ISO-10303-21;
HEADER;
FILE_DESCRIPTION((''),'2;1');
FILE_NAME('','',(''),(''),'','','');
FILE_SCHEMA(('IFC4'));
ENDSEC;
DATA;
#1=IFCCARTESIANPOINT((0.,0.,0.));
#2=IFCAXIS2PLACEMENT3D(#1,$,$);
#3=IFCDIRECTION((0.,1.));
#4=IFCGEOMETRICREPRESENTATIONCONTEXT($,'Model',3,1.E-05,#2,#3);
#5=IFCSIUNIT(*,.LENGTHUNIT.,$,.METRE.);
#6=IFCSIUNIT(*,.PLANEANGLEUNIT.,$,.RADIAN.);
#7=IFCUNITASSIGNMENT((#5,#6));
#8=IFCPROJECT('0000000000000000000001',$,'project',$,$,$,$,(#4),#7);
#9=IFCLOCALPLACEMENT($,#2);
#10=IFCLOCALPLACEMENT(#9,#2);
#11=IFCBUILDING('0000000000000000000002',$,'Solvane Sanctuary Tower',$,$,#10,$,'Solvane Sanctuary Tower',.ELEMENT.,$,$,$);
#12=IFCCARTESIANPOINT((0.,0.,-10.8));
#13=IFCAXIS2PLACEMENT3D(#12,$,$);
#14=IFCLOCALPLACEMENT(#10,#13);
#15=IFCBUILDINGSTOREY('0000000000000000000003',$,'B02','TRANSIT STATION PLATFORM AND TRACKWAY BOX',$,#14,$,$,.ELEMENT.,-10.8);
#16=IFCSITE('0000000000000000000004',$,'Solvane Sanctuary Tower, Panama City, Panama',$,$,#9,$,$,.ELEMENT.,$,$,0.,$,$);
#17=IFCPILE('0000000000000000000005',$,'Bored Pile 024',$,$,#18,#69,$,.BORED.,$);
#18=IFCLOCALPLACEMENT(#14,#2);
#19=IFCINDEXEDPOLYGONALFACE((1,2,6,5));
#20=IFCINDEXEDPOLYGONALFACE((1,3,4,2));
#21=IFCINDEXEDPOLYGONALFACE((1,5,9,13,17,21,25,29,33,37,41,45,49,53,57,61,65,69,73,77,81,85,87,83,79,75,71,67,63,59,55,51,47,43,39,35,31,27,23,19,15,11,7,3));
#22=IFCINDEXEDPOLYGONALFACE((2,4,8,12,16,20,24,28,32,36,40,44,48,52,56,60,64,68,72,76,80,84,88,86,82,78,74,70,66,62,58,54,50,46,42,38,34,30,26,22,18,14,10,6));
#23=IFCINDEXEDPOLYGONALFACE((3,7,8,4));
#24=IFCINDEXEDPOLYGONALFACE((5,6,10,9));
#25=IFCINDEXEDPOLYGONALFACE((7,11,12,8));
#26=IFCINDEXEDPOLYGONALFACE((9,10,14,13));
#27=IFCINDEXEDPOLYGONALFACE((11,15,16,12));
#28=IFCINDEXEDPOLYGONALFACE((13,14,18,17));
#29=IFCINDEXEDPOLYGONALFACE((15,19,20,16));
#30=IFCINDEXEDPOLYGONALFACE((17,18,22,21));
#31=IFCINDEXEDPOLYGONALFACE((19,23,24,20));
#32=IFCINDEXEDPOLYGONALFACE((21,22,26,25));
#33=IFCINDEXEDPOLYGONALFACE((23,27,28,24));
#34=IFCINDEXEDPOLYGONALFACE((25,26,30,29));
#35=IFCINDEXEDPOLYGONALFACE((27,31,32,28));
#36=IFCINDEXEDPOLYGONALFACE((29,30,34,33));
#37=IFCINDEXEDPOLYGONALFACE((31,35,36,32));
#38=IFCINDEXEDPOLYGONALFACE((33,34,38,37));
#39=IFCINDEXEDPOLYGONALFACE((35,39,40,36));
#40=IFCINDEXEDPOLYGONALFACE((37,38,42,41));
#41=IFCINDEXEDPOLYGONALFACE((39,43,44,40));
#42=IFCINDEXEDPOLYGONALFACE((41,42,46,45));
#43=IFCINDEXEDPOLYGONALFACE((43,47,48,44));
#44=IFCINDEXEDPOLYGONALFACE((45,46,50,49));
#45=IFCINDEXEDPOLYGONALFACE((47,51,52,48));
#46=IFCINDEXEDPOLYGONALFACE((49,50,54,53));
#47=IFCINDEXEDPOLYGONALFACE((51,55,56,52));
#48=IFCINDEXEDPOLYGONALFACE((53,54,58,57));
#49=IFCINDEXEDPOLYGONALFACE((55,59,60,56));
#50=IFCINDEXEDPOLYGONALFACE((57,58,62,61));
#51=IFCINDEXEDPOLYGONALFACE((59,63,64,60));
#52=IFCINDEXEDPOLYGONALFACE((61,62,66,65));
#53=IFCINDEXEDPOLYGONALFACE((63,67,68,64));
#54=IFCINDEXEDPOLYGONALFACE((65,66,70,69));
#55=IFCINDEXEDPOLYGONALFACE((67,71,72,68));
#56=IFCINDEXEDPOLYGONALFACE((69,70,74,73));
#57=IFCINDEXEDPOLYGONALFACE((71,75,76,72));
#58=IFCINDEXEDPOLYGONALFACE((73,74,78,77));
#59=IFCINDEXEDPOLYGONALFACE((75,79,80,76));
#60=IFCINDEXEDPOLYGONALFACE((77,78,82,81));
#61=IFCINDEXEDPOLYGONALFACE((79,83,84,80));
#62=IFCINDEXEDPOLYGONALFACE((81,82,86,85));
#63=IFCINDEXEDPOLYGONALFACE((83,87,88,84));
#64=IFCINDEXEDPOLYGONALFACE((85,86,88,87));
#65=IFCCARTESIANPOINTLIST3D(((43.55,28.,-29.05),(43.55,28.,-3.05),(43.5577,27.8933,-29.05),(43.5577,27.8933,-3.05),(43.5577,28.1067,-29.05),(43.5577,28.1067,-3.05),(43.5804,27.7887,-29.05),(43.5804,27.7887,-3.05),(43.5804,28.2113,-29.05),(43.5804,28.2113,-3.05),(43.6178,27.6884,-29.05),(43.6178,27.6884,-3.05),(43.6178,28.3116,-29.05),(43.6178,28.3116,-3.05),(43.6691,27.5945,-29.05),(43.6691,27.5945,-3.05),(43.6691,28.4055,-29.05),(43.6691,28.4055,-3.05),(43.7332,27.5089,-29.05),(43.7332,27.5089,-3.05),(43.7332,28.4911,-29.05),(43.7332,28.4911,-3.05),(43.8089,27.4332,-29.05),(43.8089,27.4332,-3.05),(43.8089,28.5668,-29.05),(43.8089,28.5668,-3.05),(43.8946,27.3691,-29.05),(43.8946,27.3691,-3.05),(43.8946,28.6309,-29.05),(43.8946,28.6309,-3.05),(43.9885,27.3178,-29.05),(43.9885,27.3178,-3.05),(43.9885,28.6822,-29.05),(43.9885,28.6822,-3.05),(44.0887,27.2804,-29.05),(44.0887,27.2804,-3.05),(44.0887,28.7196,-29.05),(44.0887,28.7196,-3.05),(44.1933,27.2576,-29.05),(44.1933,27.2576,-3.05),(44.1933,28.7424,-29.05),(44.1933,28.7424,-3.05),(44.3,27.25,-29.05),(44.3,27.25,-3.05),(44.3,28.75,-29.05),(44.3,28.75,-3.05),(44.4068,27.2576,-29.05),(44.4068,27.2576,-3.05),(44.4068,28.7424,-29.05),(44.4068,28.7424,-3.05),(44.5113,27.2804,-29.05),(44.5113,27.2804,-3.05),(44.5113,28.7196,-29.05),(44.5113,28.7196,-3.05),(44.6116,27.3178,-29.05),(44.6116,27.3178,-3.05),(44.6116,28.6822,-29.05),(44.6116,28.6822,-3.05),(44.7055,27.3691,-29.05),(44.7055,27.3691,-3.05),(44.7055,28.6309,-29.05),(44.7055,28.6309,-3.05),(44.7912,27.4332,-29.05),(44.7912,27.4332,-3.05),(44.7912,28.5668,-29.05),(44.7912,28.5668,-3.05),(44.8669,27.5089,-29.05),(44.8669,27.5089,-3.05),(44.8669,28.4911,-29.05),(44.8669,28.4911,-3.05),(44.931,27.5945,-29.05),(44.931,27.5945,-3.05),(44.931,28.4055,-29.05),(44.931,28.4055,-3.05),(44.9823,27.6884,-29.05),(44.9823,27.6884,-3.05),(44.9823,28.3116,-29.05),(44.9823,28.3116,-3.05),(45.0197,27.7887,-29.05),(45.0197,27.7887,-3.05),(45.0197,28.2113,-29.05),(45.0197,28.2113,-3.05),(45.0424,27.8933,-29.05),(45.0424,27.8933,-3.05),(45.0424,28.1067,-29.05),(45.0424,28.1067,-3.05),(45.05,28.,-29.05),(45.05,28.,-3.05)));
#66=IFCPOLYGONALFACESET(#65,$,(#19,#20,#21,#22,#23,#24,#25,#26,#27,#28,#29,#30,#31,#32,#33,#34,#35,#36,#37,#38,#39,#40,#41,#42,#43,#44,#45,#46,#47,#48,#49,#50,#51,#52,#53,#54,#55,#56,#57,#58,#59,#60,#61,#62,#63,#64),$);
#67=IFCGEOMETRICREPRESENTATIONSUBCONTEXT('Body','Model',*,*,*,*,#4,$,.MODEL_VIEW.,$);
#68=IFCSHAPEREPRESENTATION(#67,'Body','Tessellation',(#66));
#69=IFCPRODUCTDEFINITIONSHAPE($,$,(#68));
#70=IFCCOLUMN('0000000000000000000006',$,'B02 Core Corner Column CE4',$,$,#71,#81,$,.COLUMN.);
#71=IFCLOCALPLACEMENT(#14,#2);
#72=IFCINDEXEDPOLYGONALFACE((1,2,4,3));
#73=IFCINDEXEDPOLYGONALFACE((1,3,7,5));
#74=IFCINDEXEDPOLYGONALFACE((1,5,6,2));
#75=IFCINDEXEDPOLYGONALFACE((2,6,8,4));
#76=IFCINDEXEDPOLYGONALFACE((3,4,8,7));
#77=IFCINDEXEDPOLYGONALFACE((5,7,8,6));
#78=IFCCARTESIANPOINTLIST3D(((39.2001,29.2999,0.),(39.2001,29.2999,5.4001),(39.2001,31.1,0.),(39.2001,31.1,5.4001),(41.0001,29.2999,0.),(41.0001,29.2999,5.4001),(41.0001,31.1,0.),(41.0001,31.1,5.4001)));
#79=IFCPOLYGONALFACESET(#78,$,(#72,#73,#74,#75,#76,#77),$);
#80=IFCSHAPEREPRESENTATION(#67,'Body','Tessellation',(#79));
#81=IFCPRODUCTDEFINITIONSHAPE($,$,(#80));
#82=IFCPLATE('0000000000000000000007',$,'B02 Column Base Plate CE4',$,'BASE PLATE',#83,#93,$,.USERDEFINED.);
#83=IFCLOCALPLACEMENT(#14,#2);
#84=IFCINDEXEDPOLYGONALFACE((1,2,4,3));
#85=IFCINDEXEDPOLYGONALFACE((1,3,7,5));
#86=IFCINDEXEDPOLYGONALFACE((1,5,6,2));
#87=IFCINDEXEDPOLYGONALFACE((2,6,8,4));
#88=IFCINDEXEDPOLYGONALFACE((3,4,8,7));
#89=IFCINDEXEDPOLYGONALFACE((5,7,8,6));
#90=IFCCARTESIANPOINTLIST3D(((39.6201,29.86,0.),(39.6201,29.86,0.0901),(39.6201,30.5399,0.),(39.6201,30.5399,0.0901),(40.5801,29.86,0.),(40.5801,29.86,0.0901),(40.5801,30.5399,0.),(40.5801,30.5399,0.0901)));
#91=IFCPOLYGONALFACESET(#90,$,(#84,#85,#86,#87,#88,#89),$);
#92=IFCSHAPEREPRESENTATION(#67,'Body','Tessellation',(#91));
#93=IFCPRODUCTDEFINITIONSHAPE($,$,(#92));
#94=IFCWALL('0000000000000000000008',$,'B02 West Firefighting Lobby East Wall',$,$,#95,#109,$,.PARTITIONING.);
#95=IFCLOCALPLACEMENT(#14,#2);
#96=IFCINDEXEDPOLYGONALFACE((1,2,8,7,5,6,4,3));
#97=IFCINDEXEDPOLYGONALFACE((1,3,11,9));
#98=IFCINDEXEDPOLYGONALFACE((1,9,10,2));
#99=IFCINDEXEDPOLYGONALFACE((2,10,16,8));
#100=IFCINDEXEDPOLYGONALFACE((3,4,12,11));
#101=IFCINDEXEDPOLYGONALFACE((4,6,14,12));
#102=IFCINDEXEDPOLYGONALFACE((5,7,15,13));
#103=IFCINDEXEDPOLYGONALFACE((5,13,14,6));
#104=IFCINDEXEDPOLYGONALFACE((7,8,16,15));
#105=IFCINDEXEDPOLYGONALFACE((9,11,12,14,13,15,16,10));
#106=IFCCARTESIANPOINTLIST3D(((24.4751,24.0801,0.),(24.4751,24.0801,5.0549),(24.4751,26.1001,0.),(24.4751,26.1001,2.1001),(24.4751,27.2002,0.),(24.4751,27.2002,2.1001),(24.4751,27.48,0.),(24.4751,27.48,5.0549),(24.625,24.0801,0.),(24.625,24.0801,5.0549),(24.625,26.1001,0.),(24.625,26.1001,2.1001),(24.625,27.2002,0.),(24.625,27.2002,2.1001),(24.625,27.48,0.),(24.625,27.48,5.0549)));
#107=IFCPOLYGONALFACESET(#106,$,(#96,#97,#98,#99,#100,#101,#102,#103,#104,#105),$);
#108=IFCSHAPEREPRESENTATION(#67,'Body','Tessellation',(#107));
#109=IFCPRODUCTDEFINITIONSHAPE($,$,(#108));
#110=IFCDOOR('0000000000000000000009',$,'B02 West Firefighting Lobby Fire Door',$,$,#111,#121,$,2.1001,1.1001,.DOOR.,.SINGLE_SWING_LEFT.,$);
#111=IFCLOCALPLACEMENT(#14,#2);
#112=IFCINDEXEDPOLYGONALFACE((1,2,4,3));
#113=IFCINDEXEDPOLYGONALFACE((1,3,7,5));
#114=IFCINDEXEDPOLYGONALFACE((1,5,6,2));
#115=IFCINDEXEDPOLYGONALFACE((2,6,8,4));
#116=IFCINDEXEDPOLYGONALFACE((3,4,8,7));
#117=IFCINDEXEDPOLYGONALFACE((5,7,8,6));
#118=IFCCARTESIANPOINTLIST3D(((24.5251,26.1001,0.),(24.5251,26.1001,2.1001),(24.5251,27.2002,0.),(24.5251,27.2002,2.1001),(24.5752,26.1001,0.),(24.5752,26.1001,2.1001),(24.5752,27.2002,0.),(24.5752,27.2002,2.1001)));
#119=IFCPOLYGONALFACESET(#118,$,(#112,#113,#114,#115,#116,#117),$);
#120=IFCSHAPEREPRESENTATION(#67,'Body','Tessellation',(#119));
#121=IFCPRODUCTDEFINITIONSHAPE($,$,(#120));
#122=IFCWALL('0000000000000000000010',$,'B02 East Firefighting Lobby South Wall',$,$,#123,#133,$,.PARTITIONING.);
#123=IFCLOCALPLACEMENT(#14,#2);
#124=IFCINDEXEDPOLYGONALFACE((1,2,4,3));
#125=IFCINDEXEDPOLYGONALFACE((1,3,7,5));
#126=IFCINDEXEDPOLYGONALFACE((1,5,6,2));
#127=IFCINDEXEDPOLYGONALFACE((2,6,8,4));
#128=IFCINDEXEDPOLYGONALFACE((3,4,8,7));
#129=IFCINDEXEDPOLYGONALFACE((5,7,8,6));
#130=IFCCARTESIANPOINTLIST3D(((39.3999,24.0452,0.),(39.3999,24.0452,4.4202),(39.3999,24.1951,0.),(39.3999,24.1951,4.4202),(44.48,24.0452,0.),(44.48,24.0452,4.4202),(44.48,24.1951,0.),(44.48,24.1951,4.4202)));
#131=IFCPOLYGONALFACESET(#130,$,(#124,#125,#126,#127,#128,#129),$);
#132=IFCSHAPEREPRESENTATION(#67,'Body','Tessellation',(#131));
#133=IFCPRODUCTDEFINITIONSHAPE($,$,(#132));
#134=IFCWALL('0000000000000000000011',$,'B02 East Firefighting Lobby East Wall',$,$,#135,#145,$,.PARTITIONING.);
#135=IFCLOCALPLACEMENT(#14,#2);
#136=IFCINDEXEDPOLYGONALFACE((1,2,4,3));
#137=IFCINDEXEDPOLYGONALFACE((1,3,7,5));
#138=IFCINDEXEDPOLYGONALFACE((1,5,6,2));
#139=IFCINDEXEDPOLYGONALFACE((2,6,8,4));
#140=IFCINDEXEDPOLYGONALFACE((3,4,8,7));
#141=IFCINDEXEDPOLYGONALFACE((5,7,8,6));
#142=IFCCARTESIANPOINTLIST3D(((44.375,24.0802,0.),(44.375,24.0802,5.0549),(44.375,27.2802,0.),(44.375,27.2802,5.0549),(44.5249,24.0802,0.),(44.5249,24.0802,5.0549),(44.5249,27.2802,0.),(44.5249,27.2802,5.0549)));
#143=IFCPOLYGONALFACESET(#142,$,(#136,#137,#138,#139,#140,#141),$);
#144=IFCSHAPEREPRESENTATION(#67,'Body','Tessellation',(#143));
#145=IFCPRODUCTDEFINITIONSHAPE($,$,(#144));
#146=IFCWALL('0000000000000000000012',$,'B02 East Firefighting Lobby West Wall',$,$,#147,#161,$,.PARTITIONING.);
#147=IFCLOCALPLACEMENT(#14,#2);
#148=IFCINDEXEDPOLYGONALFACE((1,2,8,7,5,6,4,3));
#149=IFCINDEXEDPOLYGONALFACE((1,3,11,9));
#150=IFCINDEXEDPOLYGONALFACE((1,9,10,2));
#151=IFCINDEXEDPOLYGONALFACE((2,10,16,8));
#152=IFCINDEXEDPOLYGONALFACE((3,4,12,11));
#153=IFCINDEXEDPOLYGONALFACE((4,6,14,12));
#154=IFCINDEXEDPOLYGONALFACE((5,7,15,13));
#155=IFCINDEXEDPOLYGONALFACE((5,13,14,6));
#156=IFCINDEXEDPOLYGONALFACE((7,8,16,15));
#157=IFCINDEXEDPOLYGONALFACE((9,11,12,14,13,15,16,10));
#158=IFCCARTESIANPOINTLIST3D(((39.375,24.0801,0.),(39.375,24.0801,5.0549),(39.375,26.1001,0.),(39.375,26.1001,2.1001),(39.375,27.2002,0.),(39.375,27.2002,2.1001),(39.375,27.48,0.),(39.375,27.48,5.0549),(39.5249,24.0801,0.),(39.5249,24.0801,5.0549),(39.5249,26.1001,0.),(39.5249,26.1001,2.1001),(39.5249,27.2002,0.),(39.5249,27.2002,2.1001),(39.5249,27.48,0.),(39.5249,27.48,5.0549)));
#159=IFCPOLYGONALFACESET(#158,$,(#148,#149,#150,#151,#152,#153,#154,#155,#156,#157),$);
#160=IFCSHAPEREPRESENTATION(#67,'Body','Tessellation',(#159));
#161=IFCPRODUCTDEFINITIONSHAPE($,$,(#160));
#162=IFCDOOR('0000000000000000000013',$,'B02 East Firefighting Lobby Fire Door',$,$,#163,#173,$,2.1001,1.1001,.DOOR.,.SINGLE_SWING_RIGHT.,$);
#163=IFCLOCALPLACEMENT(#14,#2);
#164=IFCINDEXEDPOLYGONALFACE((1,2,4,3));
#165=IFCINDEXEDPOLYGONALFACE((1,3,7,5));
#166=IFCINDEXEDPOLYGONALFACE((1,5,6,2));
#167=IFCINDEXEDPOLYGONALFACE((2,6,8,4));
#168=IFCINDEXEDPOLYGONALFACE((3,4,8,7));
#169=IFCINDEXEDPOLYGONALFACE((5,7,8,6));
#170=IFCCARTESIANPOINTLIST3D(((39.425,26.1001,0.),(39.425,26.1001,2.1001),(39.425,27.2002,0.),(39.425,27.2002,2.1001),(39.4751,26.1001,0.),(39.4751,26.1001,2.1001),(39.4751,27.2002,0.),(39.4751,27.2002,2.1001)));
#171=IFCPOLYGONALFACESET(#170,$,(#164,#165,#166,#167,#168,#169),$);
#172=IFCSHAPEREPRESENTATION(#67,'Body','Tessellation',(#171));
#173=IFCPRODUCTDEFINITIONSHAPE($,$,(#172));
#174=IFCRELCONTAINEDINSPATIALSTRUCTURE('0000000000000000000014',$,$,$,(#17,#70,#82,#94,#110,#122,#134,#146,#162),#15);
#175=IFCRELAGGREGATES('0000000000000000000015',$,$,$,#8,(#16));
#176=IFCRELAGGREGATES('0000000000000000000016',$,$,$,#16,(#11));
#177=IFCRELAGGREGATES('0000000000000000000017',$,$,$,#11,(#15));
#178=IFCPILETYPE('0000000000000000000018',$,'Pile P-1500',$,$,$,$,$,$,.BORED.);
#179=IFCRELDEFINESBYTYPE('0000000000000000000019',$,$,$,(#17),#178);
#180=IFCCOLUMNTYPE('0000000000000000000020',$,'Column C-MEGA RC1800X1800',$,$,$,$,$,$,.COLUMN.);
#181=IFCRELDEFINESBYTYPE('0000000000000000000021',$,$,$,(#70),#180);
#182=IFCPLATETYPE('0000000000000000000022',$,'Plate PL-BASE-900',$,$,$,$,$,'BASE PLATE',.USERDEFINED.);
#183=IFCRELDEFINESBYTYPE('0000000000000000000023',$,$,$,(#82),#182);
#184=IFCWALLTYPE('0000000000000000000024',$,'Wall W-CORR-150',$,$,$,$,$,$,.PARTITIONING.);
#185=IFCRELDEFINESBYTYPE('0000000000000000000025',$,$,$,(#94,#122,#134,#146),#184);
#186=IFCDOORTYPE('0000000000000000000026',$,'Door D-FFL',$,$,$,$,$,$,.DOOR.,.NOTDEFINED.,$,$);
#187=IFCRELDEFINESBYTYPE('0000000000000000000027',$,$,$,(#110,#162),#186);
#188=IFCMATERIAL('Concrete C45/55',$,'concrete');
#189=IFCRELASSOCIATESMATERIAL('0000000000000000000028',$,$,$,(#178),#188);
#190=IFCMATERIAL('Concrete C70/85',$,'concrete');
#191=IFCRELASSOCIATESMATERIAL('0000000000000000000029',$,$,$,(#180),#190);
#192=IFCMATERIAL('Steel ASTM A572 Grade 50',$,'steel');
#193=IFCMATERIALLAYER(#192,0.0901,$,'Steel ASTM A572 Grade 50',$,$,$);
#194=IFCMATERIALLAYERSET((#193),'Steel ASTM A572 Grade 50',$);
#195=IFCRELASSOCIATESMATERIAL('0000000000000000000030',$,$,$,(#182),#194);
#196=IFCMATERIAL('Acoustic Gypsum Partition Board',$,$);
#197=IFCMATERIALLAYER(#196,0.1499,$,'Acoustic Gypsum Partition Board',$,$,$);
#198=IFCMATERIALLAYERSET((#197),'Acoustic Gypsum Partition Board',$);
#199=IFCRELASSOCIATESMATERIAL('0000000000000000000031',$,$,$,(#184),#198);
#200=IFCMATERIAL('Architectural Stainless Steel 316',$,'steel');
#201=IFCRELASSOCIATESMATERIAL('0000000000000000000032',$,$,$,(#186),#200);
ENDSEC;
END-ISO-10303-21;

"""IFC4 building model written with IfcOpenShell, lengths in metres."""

from ifc_helpers import new_model, si_unit, direction, frame, frame_2d, origin, origin_2d, place, context, subcontext, project, spatial, rectangle, circle, extrude, material, layer, layer_set, material_profile, profile_set, type_object, element, fill, save


model = new_model("IFC4")

# Units and contexts
model_context = context("Model", 3, precision=1e-05, world=origin(), true_north=direction((0.0, 1.0)))
body_context = subcontext(model_context, "Body", "Model", "MODEL_VIEW")
ifc_project = project(units=[si_unit("LENGTHUNIT", "METRE"), si_unit("PLANEANGLEUNIT", "RADIAN")], contexts=[model_context])

# Site, building, storey
site_placement = place(None, origin())
site = spatial("IfcSite", under=ifc_project, at=site_placement, Name="Solvane Sanctuary Tower, Panama City, Panama", CompositionType="ELEMENT", RefElevation=0.0)
building_placement = place(site_placement, origin())
building = spatial("IfcBuilding", under=site, at=building_placement, Name="Solvane Sanctuary Tower", LongName="Solvane Sanctuary Tower", CompositionType="ELEMENT")
storey_placement = place(building_placement, frame((0.0, 0.0, -10.8)))
storey = spatial("IfcBuildingStorey", under=building, at=storey_placement, Name="B02", Description="TRANSIT STATION PLATFORM AND TRACKWAY BOX", CompositionType="ELEMENT", Elevation=-10.8)

# Pile
ifc_material_1 = material(Name="Concrete C45/55", Category="concrete")
ifc_material_profile_1 = material_profile(ifc_material_1, circle(Radius=0.75, at=origin_2d()), Name="PILE1500")
ifc_profile_set_1 = profile_set([ifc_material_profile_1], Name="Concrete C45/55")
pile_type = type_object("IfcPileType", Name="Pile P-1500", PredefinedType="BORED", material=ifc_profile_set_1)
for number, where, z_axis, x_axis, name in (
    (1, (44.3, 28.0, -3.05), (0.0, 0.0, -1.0), (1.0, 0.0, 0.0), "Bored Pile 024"),
):
    element("IfcPile", number, at=place(storey_placement, frame(where, z_axis=z_axis, x_axis=x_axis)), inside=storey, type_object=pile_type, Name=name, PredefinedType="BORED", context=body_context, shape_type="SweptSolid", body=[
        extrude(circle(Radius=0.75, at=origin_2d()), origin(), (0.0, 0.0, 1.0), 26.0),
    ])

# Column
ifc_material_2 = material(Name="Concrete C70/85", Category="concrete")
ifc_material_profile_2 = material_profile(ifc_material_2, rectangle(XDim=1.8, YDim=1.8, at=origin_2d()), Name="RC1800X1800")
ifc_profile_set_2 = profile_set([ifc_material_profile_2], Name="Concrete C70/85")
column_type = type_object("IfcColumnType", Name="Column C-MEGA RC1800X1800", PredefinedType="COLUMN", material=ifc_profile_set_2)
column_placement = place(storey_placement, frame((40.1001, 30.2, 0.0), z_axis=(0.0, 0.0, 1.0), x_axis=(1.0, 0.0, 0.0)))
element("IfcColumn", 2, at=column_placement, inside=storey, type_object=column_type, Name="B02 Core Corner Column CE4", PredefinedType="COLUMN", context=body_context, shape_type="SweptSolid", body=[
    extrude(rectangle(XDim=1.8, YDim=1.8, at=origin_2d()), origin(), (0.0, 0.0, 1.0), 5.4001),
])

# Plate
ifc_material_3 = material(Name="Steel ASTM A572 Grade 50", Category="steel")
ifc_layer_1 = layer(ifc_material_3, 0.0901, Name="Steel ASTM A572 Grade 50")
ifc_layer_set_1 = layer_set([ifc_layer_1], Name="Steel ASTM A572 Grade 50")
plate_type = type_object("IfcPlateType", Name="Plate PL-BASE-900", ElementType="BASE PLATE", PredefinedType="USERDEFINED", material=ifc_layer_set_1)
plate_placement = place(storey_placement, frame((40.1001, 30.2, 0.0), z_axis=(0.0, 0.0, 1.0), x_axis=(1.0, 0.0, 0.0)))
element("IfcPlate", 3, at=plate_placement, inside=storey, type_object=plate_type, Name="B02 Column Base Plate CE4", ObjectType="BASE PLATE", PredefinedType="USERDEFINED", context=body_context, shape_type="SweptSolid", body=[
    extrude(rectangle(XDim=0.96, YDim=0.6799, at=origin_2d()), origin(), (0.0, 0.0, 1.0), 0.0901),
])

# Wall, opening, door
ifc_material_4 = material(Name="Acoustic Gypsum Partition Board")
ifc_layer_2 = layer(ifc_material_4, 0.1499, Name="Acoustic Gypsum Partition Board")
ifc_layer_set_2 = layer_set([ifc_layer_2], Name="Acoustic Gypsum Partition Board")
wall_type_1 = type_object("IfcWallType", Name="Wall W-CORR-150", PredefinedType="PARTITIONING", material=ifc_layer_set_2)
wall_1_placement = place(storey_placement, frame((24.55, 24.0801, 0.0), z_axis=(0.0, 0.0, 1.0), x_axis=(0.0, 1.0, 0.0)))
wall_1 = element("IfcWall", 4, at=wall_1_placement, inside=storey, type_object=wall_type_1, Name="B02 West Firefighting Lobby East Wall", PredefinedType="PARTITIONING", context=body_context, shape_type="SweptSolid", body=[
    extrude(rectangle(XDim=3.3999, YDim=0.1499, at=frame_2d((1.7, 0.0))), origin(), (0.0, 0.0, 1.0), 5.0549),
])
opening_1_placement = place(wall_1_placement, frame((2.02, 0.0, 0.0)))
opening_1 = element("IfcOpeningElement", 5, at=opening_1_placement, cuts=wall_1, PredefinedType="OPENING", context=body_context, shape_type="SweptSolid", body=[
    extrude(rectangle(XDim=1.1001, YDim=2.1001, at=frame_2d((0.55, 1.05))), frame((0.0, 0.085, 0.0), z_axis=(0.0, -1.0, 0.0), x_axis=(1.0, 0.0, 0.0)), (0.0, 0.0, 1.0), 0.1699),
])
ifc_material_5 = material(Name="Architectural Stainless Steel 316", Category="steel")
door_type_1 = type_object("IfcDoorType", Name="Door D-FFL", OperationType="NOTDEFINED", PredefinedType="DOOR", material=ifc_material_5)
door_1_placement = place(opening_1_placement, origin())
door_1 = element("IfcDoor", 6, at=door_1_placement, inside=storey, type_object=door_type_1, Name="B02 West Firefighting Lobby Fire Door", OperationType="SINGLE_SWING_LEFT", OverallHeight=2.1001, OverallWidth=1.1001, PredefinedType="DOOR", context=body_context, shape_type="SweptSolid", body=[
    extrude(rectangle(XDim=1.1001, YDim=2.1001, at=frame_2d((0.55, 1.05))), frame((0.0, 0.0249, 0.0), z_axis=(0.0, -1.0, 0.0), x_axis=(1.0, 0.0, 0.0)), (0.0, 0.0, 1.0), 0.05),
])
fill(opening_1, door_1)

# Walls
wall_2_placement = place(storey_placement, frame((39.3999, 24.1201, 0.0), z_axis=(0.0, 0.0, 1.0), x_axis=(1.0, 0.0, 0.0)))
element("IfcWall", 7, at=wall_2_placement, inside=storey, type_object=wall_type_1, Name="B02 East Firefighting Lobby South Wall", PredefinedType="PARTITIONING", context=body_context, shape_type="SweptSolid", body=[
    extrude(rectangle(XDim=5.0801, YDim=0.1499, at=frame_2d((2.54, 0.0))), origin(), (0.0, 0.0, 1.0), 4.4202),
])
wall_3_placement = place(storey_placement, frame((44.45, 24.0801, 0.0), z_axis=(0.0, 0.0, 1.0), x_axis=(0.0, 1.0, 0.0)))
element("IfcWall", 8, at=wall_3_placement, inside=storey, type_object=wall_type_1, Name="B02 East Firefighting Lobby East Wall", PredefinedType="PARTITIONING", context=body_context, shape_type="SweptSolid", body=[
    extrude(rectangle(XDim=3.2, YDim=0.1499, at=frame_2d((1.6001, 0.0))), origin(), (0.0, 0.0, 1.0), 5.0549),
])

# Wall, opening, door
wall_4_placement = place(storey_placement, frame((39.45, 24.0801, 0.0), z_axis=(0.0, 0.0, 1.0), x_axis=(0.0, 1.0, 0.0)))
wall_4 = element("IfcWall", 9, at=wall_4_placement, inside=storey, type_object=wall_type_1, Name="B02 East Firefighting Lobby West Wall", PredefinedType="PARTITIONING", context=body_context, shape_type="SweptSolid", body=[
    extrude(rectangle(XDim=3.3999, YDim=0.1499, at=frame_2d((1.7, 0.0))), origin(), (0.0, 0.0, 1.0), 5.0549),
])
opening_2_placement = place(wall_4_placement, frame((2.02, 0.0, 0.0)))
opening_2 = element("IfcOpeningElement", 10, at=opening_2_placement, cuts=wall_4, PredefinedType="OPENING", context=body_context, shape_type="SweptSolid", body=[
    extrude(rectangle(XDim=1.1001, YDim=2.1001, at=frame_2d((0.55, 1.05))), frame((0.0, 0.085, 0.0), z_axis=(0.0, -1.0, 0.0), x_axis=(1.0, 0.0, 0.0)), (0.0, 0.0, 1.0), 0.1699),
])
door_2_placement = place(opening_2_placement, origin())
door_2 = element("IfcDoor", 11, at=door_2_placement, inside=storey, type_object=door_type_1, Name="B02 East Firefighting Lobby Fire Door", OperationType="SINGLE_SWING_RIGHT", OverallHeight=2.1001, OverallWidth=1.1001, PredefinedType="DOOR", context=body_context, shape_type="SweptSolid", body=[
    extrude(rectangle(XDim=1.1001, YDim=2.1001, at=frame_2d((0.55, 1.05))), frame((0.0, 0.0249, 0.0), z_axis=(0.0, -1.0, 0.0), x_axis=(1.0, 0.0, 0.0)), (0.0, 0.0, 1.0), 0.05),
])
fill(opening_2, door_2)

save(model, "model.ifc")
